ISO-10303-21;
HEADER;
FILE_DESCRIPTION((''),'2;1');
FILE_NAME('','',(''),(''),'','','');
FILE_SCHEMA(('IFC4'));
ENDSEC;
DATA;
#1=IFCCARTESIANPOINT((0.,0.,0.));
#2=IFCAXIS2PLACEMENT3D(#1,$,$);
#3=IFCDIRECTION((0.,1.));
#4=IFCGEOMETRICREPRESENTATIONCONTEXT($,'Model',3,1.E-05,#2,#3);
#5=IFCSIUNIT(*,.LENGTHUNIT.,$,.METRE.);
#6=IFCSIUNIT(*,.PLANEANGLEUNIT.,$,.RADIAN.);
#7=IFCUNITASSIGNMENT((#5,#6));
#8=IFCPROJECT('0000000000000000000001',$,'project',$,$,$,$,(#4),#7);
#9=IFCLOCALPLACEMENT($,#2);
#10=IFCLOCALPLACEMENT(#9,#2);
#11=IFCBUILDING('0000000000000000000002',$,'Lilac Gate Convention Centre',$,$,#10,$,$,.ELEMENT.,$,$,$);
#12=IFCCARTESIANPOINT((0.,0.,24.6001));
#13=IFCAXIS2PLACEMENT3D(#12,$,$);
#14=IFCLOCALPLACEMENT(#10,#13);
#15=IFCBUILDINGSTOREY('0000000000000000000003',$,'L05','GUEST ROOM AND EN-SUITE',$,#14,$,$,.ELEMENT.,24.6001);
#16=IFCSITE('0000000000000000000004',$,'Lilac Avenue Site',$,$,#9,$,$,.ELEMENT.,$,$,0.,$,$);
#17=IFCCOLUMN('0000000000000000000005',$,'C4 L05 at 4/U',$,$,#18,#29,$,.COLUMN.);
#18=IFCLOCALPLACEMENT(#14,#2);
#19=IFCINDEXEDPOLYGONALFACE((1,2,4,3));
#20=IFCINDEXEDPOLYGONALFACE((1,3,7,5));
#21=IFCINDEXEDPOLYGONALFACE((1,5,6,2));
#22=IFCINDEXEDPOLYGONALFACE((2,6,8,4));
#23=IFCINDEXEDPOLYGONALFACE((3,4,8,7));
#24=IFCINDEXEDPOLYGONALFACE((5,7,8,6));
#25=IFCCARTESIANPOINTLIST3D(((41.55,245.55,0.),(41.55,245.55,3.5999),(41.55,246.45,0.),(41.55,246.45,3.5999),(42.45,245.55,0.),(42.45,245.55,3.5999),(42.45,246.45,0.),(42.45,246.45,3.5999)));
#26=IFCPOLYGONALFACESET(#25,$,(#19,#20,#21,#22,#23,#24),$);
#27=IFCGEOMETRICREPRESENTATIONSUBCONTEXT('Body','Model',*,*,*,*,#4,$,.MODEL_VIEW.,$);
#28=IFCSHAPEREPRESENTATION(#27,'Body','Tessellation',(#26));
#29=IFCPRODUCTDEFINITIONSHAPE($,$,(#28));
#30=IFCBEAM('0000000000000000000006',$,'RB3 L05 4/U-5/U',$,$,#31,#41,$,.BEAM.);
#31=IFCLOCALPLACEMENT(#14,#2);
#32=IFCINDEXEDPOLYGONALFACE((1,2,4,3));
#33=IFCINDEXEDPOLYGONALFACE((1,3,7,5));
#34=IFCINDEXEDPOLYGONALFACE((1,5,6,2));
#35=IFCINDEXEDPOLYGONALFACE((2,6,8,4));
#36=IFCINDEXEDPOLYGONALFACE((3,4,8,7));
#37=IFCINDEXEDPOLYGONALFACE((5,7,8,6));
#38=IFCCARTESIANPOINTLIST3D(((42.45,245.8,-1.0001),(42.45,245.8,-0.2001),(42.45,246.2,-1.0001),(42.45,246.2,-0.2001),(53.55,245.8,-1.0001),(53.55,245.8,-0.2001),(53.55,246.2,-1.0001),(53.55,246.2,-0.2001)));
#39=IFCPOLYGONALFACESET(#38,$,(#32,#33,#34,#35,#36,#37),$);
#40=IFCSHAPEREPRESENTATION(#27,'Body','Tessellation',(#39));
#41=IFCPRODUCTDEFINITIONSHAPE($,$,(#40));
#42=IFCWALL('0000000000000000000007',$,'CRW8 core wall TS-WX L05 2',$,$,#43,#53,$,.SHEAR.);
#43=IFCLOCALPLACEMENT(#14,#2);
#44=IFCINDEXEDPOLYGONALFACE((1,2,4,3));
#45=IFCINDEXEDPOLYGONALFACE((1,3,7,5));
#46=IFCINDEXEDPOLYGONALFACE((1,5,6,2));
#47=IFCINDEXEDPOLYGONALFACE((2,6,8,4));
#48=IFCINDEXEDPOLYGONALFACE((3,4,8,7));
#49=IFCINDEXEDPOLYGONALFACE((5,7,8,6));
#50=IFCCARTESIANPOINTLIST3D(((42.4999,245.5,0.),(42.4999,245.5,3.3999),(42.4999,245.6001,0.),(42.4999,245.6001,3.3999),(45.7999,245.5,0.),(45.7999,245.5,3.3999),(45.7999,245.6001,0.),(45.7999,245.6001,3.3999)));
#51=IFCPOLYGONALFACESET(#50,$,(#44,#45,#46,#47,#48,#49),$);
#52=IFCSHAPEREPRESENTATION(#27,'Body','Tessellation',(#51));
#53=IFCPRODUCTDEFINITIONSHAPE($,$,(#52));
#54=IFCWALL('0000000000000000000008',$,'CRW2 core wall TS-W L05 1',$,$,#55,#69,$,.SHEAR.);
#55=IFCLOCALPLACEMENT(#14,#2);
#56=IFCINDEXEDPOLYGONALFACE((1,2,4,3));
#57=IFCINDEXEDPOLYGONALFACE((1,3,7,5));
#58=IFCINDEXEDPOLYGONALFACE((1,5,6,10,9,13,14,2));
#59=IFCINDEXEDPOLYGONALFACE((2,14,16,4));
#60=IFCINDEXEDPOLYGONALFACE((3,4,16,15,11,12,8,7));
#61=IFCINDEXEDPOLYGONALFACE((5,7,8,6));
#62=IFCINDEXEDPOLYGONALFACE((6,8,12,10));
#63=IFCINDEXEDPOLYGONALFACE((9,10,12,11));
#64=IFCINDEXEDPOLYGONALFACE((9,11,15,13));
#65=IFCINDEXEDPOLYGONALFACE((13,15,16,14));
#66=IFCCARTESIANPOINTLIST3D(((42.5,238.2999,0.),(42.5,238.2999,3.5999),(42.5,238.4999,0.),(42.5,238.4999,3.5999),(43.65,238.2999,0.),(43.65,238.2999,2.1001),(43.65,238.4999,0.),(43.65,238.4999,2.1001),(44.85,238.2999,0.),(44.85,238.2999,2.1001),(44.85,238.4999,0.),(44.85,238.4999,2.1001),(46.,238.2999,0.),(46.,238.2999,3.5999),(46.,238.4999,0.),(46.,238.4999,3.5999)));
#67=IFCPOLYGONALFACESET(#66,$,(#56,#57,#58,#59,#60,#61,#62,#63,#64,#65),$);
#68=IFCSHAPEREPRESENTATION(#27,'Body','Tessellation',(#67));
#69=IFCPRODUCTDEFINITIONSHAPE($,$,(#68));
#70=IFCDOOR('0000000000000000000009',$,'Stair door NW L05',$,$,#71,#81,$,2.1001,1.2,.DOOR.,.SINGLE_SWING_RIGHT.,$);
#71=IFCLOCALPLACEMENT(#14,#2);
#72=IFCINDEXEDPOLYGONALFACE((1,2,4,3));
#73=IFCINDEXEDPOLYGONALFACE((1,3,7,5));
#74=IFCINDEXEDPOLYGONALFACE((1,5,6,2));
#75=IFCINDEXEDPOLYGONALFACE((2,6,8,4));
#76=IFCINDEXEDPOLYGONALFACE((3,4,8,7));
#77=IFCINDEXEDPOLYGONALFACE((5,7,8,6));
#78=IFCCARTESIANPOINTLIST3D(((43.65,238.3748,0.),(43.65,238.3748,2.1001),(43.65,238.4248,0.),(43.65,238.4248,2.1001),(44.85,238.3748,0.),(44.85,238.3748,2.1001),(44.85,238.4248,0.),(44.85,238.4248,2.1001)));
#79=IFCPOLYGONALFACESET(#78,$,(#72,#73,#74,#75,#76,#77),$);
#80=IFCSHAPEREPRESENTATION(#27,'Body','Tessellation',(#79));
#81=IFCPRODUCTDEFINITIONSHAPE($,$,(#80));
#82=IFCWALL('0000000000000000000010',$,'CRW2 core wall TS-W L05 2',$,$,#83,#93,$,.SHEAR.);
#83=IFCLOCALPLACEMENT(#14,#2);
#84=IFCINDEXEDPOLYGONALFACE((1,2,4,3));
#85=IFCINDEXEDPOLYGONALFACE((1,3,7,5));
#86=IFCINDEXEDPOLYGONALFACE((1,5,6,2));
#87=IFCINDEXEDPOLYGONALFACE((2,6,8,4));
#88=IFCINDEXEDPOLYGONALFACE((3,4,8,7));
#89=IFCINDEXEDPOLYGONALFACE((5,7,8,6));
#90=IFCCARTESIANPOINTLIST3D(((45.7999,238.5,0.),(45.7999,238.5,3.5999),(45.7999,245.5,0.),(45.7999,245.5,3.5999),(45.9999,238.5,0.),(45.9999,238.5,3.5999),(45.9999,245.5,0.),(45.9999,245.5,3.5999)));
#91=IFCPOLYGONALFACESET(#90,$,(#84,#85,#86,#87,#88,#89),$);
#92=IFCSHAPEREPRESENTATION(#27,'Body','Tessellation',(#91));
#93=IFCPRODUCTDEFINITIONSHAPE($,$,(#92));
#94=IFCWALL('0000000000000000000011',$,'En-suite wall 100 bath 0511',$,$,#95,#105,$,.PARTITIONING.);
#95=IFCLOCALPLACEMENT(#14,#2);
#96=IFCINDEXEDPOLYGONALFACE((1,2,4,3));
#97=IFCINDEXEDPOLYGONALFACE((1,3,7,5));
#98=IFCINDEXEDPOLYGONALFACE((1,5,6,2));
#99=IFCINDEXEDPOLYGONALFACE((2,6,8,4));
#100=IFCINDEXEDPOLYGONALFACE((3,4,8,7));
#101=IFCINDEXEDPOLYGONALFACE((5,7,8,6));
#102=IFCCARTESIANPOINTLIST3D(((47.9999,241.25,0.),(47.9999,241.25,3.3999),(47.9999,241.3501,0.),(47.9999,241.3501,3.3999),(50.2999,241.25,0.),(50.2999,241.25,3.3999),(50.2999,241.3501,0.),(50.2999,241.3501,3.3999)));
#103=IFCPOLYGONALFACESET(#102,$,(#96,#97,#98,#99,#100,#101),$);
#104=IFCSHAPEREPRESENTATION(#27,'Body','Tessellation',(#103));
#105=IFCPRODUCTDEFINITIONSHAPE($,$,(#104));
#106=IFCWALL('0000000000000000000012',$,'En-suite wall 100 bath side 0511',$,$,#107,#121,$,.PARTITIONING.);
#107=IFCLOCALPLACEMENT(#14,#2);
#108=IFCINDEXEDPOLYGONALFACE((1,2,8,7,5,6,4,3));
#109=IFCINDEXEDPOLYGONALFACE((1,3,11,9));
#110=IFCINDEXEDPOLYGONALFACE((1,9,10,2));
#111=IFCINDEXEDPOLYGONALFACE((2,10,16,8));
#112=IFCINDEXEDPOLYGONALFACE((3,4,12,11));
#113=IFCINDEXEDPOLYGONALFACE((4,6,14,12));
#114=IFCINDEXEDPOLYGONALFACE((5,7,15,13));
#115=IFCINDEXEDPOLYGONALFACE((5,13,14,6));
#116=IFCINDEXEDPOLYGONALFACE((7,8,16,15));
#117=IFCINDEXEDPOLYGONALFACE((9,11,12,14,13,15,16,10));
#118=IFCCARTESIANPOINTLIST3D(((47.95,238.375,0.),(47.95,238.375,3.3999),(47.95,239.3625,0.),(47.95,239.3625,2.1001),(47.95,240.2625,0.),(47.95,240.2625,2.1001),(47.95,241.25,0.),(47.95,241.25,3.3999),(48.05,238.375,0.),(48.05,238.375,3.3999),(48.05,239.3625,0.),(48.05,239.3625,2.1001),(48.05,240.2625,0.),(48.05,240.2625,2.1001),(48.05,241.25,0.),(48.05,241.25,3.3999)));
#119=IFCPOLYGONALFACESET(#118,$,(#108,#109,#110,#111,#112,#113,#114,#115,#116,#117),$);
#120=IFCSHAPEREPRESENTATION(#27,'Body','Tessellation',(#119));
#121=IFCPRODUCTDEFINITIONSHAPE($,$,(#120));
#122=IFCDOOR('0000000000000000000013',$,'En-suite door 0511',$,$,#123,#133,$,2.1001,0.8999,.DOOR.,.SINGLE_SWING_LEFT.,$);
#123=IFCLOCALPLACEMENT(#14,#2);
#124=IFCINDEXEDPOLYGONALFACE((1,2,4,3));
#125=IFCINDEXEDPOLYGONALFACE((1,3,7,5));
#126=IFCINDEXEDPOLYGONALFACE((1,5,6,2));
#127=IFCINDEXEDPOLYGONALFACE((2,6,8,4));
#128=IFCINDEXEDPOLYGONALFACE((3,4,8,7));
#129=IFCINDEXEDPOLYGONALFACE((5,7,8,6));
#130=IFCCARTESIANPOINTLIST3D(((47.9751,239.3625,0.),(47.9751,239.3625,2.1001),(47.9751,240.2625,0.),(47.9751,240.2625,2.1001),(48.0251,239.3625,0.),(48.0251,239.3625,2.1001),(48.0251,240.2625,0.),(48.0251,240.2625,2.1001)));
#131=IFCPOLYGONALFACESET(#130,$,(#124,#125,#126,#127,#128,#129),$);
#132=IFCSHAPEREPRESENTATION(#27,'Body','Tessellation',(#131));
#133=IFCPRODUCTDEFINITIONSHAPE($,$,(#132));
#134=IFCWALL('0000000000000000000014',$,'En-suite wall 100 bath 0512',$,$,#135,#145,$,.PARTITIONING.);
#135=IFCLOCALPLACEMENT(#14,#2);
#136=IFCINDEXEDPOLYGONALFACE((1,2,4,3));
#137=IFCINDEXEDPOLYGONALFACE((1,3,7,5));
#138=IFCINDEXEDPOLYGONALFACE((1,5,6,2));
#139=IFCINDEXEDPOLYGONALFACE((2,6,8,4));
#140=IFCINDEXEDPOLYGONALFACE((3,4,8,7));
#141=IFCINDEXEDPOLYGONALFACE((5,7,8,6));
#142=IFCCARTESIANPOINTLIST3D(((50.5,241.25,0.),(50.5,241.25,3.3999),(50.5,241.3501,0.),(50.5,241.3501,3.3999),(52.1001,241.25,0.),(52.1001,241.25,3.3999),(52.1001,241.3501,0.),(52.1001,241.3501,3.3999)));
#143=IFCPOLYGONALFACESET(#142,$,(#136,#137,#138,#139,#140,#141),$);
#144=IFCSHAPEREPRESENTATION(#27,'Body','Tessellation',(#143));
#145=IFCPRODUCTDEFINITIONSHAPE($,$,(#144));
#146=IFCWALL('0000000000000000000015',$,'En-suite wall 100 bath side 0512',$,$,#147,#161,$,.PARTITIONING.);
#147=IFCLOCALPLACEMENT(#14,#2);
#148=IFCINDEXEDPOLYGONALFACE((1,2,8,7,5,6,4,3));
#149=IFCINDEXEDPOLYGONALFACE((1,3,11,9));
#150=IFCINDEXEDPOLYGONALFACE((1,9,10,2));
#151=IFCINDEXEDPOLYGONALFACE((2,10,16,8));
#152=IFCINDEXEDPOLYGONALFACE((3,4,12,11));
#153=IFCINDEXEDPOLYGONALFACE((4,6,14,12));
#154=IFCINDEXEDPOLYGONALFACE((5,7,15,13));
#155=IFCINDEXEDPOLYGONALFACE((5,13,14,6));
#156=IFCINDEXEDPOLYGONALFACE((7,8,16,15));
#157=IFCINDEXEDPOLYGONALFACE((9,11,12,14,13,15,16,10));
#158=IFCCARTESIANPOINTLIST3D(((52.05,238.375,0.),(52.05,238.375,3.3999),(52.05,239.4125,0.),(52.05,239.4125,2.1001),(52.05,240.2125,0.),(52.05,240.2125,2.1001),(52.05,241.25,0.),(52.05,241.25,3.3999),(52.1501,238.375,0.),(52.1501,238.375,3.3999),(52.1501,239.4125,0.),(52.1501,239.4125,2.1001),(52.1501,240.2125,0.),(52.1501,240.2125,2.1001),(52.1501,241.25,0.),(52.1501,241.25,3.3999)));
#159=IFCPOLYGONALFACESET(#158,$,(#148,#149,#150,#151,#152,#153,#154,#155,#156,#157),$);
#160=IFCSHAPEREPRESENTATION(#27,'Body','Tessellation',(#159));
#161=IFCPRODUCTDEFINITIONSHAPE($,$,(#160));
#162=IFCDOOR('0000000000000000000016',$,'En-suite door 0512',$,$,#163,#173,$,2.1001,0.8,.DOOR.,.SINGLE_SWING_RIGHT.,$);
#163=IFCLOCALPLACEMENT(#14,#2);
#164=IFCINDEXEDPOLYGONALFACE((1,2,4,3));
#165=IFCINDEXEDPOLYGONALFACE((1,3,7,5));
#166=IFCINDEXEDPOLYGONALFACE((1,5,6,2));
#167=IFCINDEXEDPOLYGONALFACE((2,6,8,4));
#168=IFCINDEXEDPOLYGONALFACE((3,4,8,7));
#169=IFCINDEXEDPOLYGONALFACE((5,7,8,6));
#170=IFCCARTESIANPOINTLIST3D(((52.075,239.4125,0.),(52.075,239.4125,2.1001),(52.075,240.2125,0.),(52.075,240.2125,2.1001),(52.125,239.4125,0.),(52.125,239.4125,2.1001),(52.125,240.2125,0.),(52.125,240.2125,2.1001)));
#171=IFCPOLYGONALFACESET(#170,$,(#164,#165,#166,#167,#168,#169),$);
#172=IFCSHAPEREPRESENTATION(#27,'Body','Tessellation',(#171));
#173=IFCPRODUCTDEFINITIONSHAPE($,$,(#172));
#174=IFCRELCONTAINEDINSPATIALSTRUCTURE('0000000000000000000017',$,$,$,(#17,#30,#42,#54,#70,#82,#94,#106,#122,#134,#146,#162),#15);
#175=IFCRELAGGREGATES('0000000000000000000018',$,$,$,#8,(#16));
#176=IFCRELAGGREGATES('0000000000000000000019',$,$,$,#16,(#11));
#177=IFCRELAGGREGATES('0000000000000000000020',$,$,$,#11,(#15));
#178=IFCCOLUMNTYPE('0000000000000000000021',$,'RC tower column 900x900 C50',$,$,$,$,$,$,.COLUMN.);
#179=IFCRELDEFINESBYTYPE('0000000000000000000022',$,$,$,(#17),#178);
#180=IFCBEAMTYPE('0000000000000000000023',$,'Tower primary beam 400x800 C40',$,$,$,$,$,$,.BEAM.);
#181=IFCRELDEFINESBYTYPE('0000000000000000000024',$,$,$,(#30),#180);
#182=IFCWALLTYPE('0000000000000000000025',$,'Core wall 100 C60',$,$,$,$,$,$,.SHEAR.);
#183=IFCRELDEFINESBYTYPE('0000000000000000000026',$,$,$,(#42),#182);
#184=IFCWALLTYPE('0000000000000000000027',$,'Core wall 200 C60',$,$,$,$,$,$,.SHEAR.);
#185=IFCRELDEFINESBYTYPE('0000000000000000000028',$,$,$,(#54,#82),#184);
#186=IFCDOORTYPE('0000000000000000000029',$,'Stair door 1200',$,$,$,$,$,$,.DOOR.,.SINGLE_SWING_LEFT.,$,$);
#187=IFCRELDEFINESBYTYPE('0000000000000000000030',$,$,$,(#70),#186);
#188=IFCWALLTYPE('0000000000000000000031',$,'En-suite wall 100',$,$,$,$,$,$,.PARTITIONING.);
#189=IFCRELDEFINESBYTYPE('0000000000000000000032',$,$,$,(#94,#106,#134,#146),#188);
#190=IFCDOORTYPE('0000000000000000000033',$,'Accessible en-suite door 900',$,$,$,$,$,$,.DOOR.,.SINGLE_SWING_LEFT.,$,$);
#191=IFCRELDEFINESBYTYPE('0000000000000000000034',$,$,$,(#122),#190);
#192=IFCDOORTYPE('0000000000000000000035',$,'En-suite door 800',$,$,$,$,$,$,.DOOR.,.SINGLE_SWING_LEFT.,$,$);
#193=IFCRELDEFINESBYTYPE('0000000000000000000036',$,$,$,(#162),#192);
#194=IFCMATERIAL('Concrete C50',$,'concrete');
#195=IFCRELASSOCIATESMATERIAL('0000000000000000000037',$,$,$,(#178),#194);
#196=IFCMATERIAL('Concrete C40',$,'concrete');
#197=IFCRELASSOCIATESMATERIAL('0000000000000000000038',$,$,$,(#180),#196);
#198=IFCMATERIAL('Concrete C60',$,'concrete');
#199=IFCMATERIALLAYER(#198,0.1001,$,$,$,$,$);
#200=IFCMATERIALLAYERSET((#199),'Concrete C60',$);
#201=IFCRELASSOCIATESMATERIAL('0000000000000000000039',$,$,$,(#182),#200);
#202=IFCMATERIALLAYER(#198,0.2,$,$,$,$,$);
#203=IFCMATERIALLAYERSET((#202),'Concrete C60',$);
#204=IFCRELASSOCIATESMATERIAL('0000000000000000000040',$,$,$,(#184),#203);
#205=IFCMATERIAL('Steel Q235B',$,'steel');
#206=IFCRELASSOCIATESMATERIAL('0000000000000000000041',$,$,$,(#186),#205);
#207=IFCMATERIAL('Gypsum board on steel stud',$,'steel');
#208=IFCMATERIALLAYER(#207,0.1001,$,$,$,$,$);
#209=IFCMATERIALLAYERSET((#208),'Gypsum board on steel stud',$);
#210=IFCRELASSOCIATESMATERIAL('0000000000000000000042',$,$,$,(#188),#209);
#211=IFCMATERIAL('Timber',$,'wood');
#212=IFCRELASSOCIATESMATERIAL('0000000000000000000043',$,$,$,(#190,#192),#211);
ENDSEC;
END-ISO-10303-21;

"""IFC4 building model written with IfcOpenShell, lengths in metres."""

from ifc_helpers import new_model, si_unit, direction, frame, frame_2d, origin, origin_2d, place, context, subcontext, project, spatial, rectangle, extrude, material, layer, layer_set, material_profile, profile_set, type_object, element, fill, save


model = new_model("IFC4")

# Units and contexts
model_context = context("Model", 3, precision=1e-05, world=origin(), true_north=direction((0.0, 1.0)))
body_context = subcontext(model_context, "Body", "Model", "MODEL_VIEW")
ifc_project = project(units=[si_unit("LENGTHUNIT", "METRE"), si_unit("PLANEANGLEUNIT", "RADIAN")], contexts=[model_context])

# Site, building, storey
site_placement = place(None, origin())
site = spatial("IfcSite", under=ifc_project, at=site_placement, Name="Lilac Avenue Site", CompositionType="ELEMENT", RefElevation=0.0)
building_placement = place(site_placement, origin())
building = spatial("IfcBuilding", under=site, at=building_placement, Name="Lilac Gate Convention Centre", CompositionType="ELEMENT")
storey_placement = place(building_placement, frame((0.0, 0.0, 24.6001)))
storey = spatial("IfcBuildingStorey", under=building, at=storey_placement, Name="L05", Description="GUEST ROOM AND EN-SUITE", CompositionType="ELEMENT", Elevation=24.6001)

# Column
ifc_material_1 = material(Name="Concrete C50", Category="concrete")
ifc_material_profile_1 = material_profile(ifc_material_1, rectangle(XDim=0.8999, YDim=0.8999, at=origin_2d()), Name="RC 900x900")
ifc_profile_set_1 = profile_set([ifc_material_profile_1], Name="Concrete C50")
column_type = type_object("IfcColumnType", Name="RC tower column 900x900 C50", PredefinedType="COLUMN", material=ifc_profile_set_1)
column_placement = place(storey_placement, frame((42.0, 246.0, 0.0), z_axis=(0.0, 0.0, 1.0), x_axis=(1.0, 0.0, 0.0)))
element("IfcColumn", 1, at=column_placement, inside=storey, type_object=column_type, Name="C4 L05 at 4/U", PredefinedType="COLUMN", context=body_context, shape_type="SweptSolid", body=[
    extrude(rectangle(XDim=0.8999, YDim=0.8999, at=origin_2d()), origin(), (0.0, 0.0, 1.0), 3.5999),
])

# Beam
ifc_material_2 = material(Name="Concrete C40", Category="concrete")
ifc_material_profile_2 = material_profile(ifc_material_2, rectangle(XDim=0.3999, YDim=0.8, at=origin_2d()), Name="RC 400x800")
ifc_profile_set_2 = profile_set([ifc_material_profile_2], Name="Concrete C40")
beam_type = type_object("IfcBeamType", Name="Tower primary beam 400x800 C40", PredefinedType="BEAM", material=ifc_profile_set_2)
beam_placement = place(storey_placement, frame((42.45, 246.0, -0.6001), z_axis=(1.0, 0.0, 0.0), x_axis=(0.0, 1.0, 0.0)))
element("IfcBeam", 2, at=beam_placement, inside=storey, type_object=beam_type, Name="RB3 L05 4/U-5/U", PredefinedType="BEAM", context=body_context, shape_type="SweptSolid", body=[
    extrude(rectangle(XDim=0.3999, YDim=0.8, at=origin_2d()), origin(), (0.0, 0.0, 1.0), 11.1001),
])

# Wall
ifc_material_3 = material(Name="Concrete C60", Category="concrete")
ifc_layer_1 = layer(ifc_material_3, 0.1001)
ifc_layer_set_1 = layer_set([ifc_layer_1], Name="Concrete C60")
wall_type_1 = type_object("IfcWallType", Name="Core wall 100 C60", PredefinedType="SHEAR", material=ifc_layer_set_1)
wall_1_placement = place(storey_placement, frame((42.5, 245.55, 0.0), z_axis=(0.0, 0.0, 1.0), x_axis=(1.0, 0.0, 0.0)))
element("IfcWall", 3, at=wall_1_placement, inside=storey, type_object=wall_type_1, Name="CRW8 core wall TS-WX L05 2", PredefinedType="SHEAR", context=body_context, shape_type="SweptSolid", body=[
    extrude(rectangle(XDim=3.3, YDim=0.1001, at=frame_2d((1.6499, 0.0))), origin(), (0.0, 0.0, 1.0), 3.3999),
])

# Wall, opening, door
ifc_layer_2 = layer(ifc_material_3, 0.2)
ifc_layer_set_2 = layer_set([ifc_layer_2], Name="Concrete C60")
wall_type_2 = type_object("IfcWallType", Name="Core wall 200 C60", PredefinedType="SHEAR", material=ifc_layer_set_2)
wall_2_placement = place(storey_placement, frame((42.5, 238.3999, 0.0), z_axis=(0.0, 0.0, 1.0), x_axis=(1.0, 0.0, 0.0)))
wall_2 = element("IfcWall", 4, at=wall_2_placement, inside=storey, type_object=wall_type_2, Name="CRW2 core wall TS-W L05 1", PredefinedType="SHEAR", context=body_context, shape_type="SweptSolid", body=[
    extrude(rectangle(XDim=3.5, YDim=0.2, at=frame_2d((1.75, 0.0))), origin(), (0.0, 0.0, 1.0), 3.5999),
])
opening_1_placement = place(wall_2_placement, frame((1.1499, 0.0, 0.0)))
opening_1 = element("IfcOpeningElement", 5, at=opening_1_placement, cuts=wall_2, PredefinedType="OPENING", context=body_context, shape_type="SweptSolid", body=[
    extrude(rectangle(XDim=1.2, YDim=2.1001, at=frame_2d((0.6001, 1.05))), frame((0.0, 0.1099, 0.0), z_axis=(0.0, -1.0, 0.0), x_axis=(1.0, 0.0, 0.0)), (0.0, 0.0, 1.0), 0.22),
])
ifc_material_4 = material(Name="Steel Q235B", Category="steel")
door_type_1 = type_object("IfcDoorType", Name="Stair door 1200", OperationType="SINGLE_SWING_LEFT", PredefinedType="DOOR", material=ifc_material_4)
door_1_placement = place(opening_1_placement, origin())
door_1 = element("IfcDoor", 6, at=door_1_placement, inside=storey, type_object=door_type_1, Name="Stair door NW L05", OperationType="SINGLE_SWING_RIGHT", OverallHeight=2.1001, OverallWidth=1.2, PredefinedType="DOOR", context=body_context, shape_type="SweptSolid", body=[
    extrude(rectangle(XDim=1.2, YDim=2.1001, at=frame_2d((0.6001, 1.05))), frame((0.0, 0.0249, 0.0), z_axis=(0.0, -1.0, 0.0), x_axis=(1.0, 0.0, 0.0)), (0.0, 0.0, 1.0), 0.05),
])
fill(opening_1, door_1)

# Walls
wall_3_placement = place(storey_placement, frame((45.8999, 238.5, 0.0), z_axis=(0.0, 0.0, 1.0), x_axis=(0.0, 1.0, 0.0)))
element("IfcWall", 7, at=wall_3_placement, inside=storey, type_object=wall_type_2, Name="CRW2 core wall TS-W L05 2", PredefinedType="SHEAR", context=body_context, shape_type="SweptSolid", body=[
    extrude(rectangle(XDim=7.0, YDim=0.2, at=frame_2d((3.5, 0.0))), origin(), (0.0, 0.0, 1.0), 3.5999),
])
ifc_material_5 = material(Name="Gypsum board on steel stud", Category="steel")
ifc_layer_3 = layer(ifc_material_5, 0.1001)
ifc_layer_set_3 = layer_set([ifc_layer_3], Name="Gypsum board on steel stud")
wall_type_3 = type_object("IfcWallType", Name="En-suite wall 100", PredefinedType="PARTITIONING", material=ifc_layer_set_3)
wall_4_placement = place(storey_placement, frame((48.0, 241.3, 0.0), z_axis=(0.0, 0.0, 1.0), x_axis=(1.0, 0.0, 0.0)))
element("IfcWall", 8, at=wall_4_placement, inside=storey, type_object=wall_type_3, Name="En-suite wall 100 bath 0511", PredefinedType="PARTITIONING", context=body_context, shape_type="SweptSolid", body=[
    extrude(rectangle(XDim=2.3, YDim=0.1001, at=frame_2d((1.1499, 0.0))), origin(), (0.0, 0.0, 1.0), 3.3999),
])

# Wall, opening, door
wall_5_placement = place(storey_placement, frame((48.0, 238.375, 0.0), z_axis=(0.0, 0.0, 1.0), x_axis=(0.0, 1.0, 0.0)))
wall_5 = element("IfcWall", 9, at=wall_5_placement, inside=storey, type_object=wall_type_3, Name="En-suite wall 100 bath side 0511", PredefinedType="PARTITIONING", context=body_context, shape_type="SweptSolid", body=[
    extrude(rectangle(XDim=2.875, YDim=0.1001, at=frame_2d((1.4375, 0.0))), origin(), (0.0, 0.0, 1.0), 3.3999),
])
opening_2_placement = place(wall_5_placement, frame((0.9875, 0.0, 0.0)))
opening_2 = element("IfcOpeningElement", 10, at=opening_2_placement, cuts=wall_5, PredefinedType="OPENING", context=body_context, shape_type="SweptSolid", body=[
    extrude(rectangle(XDim=0.8999, YDim=2.1001, at=frame_2d((0.45, 1.05))), frame((0.0, 0.0601, 0.0), z_axis=(0.0, -1.0, 0.0), x_axis=(1.0, 0.0, 0.0)), (0.0, 0.0, 1.0), 0.1201),
])
ifc_material_6 = material(Name="Timber", Category="wood")
door_type_2 = type_object("IfcDoorType", Name="Accessible en-suite door 900", OperationType="SINGLE_SWING_LEFT", PredefinedType="DOOR", material=ifc_material_6)
door_2_placement = place(opening_2_placement, origin())
door_2 = element("IfcDoor", 11, at=door_2_placement, inside=storey, type_object=door_type_2, Name="En-suite door 0511", OperationType="SINGLE_SWING_LEFT", OverallHeight=2.1001, OverallWidth=0.8999, PredefinedType="DOOR", context=body_context, shape_type="SweptSolid", body=[
    extrude(rectangle(XDim=0.8999, YDim=2.1001, at=frame_2d((0.45, 1.05))), frame((0.0, 0.0249, 0.0), z_axis=(0.0, -1.0, 0.0), x_axis=(1.0, 0.0, 0.0)), (0.0, 0.0, 1.0), 0.05),
])
fill(opening_2, door_2)

# Wall
wall_6_placement = place(storey_placement, frame((50.5, 241.3, 0.0), z_axis=(0.0, 0.0, 1.0), x_axis=(1.0, 0.0, 0.0)))
element("IfcWall", 12, at=wall_6_placement, inside=storey, type_object=wall_type_3, Name="En-suite wall 100 bath 0512", PredefinedType="PARTITIONING", context=body_context, shape_type="SweptSolid", body=[
    extrude(rectangle(XDim=1.6001, YDim=0.1001, at=frame_2d((0.8, 0.0))), origin(), (0.0, 0.0, 1.0), 3.3999),
])

# Wall, opening, door
wall_7_placement = place(storey_placement, frame((52.1001, 241.25, 0.0), z_axis=(0.0, 0.0, 1.0), x_axis=(0.0, -1.0, 0.0)))
wall_7 = element("IfcWall", 13, at=wall_7_placement, inside=storey, type_object=wall_type_3, Name="En-suite wall 100 bath side 0512", PredefinedType="PARTITIONING", context=body_context, shape_type="SweptSolid", body=[
    extrude(rectangle(XDim=2.875, YDim=0.1001, at=frame_2d((1.4375, 0.0))), origin(), (0.0, 0.0, 1.0), 3.3999),
])
opening_3_placement = place(wall_7_placement, frame((1.0376, 0.0, 0.0)))
opening_3 = element("IfcOpeningElement", 14, at=opening_3_placement, cuts=wall_7, PredefinedType="OPENING", context=body_context, shape_type="SweptSolid", body=[
    extrude(rectangle(XDim=0.8, YDim=2.1001, at=frame_2d((0.3999, 1.05))), frame((0.0, 0.0601, 0.0), z_axis=(0.0, -1.0, 0.0), x_axis=(1.0, 0.0, 0.0)), (0.0, 0.0, 1.0), 0.1201),
])
door_type_3 = type_object("IfcDoorType", Name="En-suite door 800", OperationType="SINGLE_SWING_LEFT", PredefinedType="DOOR", material=ifc_material_6)
door_3_placement = place(opening_3_placement, origin())
door_3 = element("IfcDoor", 15, at=door_3_placement, inside=storey, type_object=door_type_3, Name="En-suite door 0512", OperationType="SINGLE_SWING_RIGHT", OverallHeight=2.1001, OverallWidth=0.8, PredefinedType="DOOR", context=body_context, shape_type="SweptSolid", body=[
    extrude(rectangle(XDim=0.8, YDim=2.1001, at=frame_2d((0.3999, 1.05))), frame((0.0, 0.0249, 0.0), z_axis=(0.0, -1.0, 0.0), x_axis=(1.0, 0.0, 0.0)), (0.0, 0.0, 1.0), 0.05),
])
fill(opening_3, door_3)

save(model, "model.ifc")
